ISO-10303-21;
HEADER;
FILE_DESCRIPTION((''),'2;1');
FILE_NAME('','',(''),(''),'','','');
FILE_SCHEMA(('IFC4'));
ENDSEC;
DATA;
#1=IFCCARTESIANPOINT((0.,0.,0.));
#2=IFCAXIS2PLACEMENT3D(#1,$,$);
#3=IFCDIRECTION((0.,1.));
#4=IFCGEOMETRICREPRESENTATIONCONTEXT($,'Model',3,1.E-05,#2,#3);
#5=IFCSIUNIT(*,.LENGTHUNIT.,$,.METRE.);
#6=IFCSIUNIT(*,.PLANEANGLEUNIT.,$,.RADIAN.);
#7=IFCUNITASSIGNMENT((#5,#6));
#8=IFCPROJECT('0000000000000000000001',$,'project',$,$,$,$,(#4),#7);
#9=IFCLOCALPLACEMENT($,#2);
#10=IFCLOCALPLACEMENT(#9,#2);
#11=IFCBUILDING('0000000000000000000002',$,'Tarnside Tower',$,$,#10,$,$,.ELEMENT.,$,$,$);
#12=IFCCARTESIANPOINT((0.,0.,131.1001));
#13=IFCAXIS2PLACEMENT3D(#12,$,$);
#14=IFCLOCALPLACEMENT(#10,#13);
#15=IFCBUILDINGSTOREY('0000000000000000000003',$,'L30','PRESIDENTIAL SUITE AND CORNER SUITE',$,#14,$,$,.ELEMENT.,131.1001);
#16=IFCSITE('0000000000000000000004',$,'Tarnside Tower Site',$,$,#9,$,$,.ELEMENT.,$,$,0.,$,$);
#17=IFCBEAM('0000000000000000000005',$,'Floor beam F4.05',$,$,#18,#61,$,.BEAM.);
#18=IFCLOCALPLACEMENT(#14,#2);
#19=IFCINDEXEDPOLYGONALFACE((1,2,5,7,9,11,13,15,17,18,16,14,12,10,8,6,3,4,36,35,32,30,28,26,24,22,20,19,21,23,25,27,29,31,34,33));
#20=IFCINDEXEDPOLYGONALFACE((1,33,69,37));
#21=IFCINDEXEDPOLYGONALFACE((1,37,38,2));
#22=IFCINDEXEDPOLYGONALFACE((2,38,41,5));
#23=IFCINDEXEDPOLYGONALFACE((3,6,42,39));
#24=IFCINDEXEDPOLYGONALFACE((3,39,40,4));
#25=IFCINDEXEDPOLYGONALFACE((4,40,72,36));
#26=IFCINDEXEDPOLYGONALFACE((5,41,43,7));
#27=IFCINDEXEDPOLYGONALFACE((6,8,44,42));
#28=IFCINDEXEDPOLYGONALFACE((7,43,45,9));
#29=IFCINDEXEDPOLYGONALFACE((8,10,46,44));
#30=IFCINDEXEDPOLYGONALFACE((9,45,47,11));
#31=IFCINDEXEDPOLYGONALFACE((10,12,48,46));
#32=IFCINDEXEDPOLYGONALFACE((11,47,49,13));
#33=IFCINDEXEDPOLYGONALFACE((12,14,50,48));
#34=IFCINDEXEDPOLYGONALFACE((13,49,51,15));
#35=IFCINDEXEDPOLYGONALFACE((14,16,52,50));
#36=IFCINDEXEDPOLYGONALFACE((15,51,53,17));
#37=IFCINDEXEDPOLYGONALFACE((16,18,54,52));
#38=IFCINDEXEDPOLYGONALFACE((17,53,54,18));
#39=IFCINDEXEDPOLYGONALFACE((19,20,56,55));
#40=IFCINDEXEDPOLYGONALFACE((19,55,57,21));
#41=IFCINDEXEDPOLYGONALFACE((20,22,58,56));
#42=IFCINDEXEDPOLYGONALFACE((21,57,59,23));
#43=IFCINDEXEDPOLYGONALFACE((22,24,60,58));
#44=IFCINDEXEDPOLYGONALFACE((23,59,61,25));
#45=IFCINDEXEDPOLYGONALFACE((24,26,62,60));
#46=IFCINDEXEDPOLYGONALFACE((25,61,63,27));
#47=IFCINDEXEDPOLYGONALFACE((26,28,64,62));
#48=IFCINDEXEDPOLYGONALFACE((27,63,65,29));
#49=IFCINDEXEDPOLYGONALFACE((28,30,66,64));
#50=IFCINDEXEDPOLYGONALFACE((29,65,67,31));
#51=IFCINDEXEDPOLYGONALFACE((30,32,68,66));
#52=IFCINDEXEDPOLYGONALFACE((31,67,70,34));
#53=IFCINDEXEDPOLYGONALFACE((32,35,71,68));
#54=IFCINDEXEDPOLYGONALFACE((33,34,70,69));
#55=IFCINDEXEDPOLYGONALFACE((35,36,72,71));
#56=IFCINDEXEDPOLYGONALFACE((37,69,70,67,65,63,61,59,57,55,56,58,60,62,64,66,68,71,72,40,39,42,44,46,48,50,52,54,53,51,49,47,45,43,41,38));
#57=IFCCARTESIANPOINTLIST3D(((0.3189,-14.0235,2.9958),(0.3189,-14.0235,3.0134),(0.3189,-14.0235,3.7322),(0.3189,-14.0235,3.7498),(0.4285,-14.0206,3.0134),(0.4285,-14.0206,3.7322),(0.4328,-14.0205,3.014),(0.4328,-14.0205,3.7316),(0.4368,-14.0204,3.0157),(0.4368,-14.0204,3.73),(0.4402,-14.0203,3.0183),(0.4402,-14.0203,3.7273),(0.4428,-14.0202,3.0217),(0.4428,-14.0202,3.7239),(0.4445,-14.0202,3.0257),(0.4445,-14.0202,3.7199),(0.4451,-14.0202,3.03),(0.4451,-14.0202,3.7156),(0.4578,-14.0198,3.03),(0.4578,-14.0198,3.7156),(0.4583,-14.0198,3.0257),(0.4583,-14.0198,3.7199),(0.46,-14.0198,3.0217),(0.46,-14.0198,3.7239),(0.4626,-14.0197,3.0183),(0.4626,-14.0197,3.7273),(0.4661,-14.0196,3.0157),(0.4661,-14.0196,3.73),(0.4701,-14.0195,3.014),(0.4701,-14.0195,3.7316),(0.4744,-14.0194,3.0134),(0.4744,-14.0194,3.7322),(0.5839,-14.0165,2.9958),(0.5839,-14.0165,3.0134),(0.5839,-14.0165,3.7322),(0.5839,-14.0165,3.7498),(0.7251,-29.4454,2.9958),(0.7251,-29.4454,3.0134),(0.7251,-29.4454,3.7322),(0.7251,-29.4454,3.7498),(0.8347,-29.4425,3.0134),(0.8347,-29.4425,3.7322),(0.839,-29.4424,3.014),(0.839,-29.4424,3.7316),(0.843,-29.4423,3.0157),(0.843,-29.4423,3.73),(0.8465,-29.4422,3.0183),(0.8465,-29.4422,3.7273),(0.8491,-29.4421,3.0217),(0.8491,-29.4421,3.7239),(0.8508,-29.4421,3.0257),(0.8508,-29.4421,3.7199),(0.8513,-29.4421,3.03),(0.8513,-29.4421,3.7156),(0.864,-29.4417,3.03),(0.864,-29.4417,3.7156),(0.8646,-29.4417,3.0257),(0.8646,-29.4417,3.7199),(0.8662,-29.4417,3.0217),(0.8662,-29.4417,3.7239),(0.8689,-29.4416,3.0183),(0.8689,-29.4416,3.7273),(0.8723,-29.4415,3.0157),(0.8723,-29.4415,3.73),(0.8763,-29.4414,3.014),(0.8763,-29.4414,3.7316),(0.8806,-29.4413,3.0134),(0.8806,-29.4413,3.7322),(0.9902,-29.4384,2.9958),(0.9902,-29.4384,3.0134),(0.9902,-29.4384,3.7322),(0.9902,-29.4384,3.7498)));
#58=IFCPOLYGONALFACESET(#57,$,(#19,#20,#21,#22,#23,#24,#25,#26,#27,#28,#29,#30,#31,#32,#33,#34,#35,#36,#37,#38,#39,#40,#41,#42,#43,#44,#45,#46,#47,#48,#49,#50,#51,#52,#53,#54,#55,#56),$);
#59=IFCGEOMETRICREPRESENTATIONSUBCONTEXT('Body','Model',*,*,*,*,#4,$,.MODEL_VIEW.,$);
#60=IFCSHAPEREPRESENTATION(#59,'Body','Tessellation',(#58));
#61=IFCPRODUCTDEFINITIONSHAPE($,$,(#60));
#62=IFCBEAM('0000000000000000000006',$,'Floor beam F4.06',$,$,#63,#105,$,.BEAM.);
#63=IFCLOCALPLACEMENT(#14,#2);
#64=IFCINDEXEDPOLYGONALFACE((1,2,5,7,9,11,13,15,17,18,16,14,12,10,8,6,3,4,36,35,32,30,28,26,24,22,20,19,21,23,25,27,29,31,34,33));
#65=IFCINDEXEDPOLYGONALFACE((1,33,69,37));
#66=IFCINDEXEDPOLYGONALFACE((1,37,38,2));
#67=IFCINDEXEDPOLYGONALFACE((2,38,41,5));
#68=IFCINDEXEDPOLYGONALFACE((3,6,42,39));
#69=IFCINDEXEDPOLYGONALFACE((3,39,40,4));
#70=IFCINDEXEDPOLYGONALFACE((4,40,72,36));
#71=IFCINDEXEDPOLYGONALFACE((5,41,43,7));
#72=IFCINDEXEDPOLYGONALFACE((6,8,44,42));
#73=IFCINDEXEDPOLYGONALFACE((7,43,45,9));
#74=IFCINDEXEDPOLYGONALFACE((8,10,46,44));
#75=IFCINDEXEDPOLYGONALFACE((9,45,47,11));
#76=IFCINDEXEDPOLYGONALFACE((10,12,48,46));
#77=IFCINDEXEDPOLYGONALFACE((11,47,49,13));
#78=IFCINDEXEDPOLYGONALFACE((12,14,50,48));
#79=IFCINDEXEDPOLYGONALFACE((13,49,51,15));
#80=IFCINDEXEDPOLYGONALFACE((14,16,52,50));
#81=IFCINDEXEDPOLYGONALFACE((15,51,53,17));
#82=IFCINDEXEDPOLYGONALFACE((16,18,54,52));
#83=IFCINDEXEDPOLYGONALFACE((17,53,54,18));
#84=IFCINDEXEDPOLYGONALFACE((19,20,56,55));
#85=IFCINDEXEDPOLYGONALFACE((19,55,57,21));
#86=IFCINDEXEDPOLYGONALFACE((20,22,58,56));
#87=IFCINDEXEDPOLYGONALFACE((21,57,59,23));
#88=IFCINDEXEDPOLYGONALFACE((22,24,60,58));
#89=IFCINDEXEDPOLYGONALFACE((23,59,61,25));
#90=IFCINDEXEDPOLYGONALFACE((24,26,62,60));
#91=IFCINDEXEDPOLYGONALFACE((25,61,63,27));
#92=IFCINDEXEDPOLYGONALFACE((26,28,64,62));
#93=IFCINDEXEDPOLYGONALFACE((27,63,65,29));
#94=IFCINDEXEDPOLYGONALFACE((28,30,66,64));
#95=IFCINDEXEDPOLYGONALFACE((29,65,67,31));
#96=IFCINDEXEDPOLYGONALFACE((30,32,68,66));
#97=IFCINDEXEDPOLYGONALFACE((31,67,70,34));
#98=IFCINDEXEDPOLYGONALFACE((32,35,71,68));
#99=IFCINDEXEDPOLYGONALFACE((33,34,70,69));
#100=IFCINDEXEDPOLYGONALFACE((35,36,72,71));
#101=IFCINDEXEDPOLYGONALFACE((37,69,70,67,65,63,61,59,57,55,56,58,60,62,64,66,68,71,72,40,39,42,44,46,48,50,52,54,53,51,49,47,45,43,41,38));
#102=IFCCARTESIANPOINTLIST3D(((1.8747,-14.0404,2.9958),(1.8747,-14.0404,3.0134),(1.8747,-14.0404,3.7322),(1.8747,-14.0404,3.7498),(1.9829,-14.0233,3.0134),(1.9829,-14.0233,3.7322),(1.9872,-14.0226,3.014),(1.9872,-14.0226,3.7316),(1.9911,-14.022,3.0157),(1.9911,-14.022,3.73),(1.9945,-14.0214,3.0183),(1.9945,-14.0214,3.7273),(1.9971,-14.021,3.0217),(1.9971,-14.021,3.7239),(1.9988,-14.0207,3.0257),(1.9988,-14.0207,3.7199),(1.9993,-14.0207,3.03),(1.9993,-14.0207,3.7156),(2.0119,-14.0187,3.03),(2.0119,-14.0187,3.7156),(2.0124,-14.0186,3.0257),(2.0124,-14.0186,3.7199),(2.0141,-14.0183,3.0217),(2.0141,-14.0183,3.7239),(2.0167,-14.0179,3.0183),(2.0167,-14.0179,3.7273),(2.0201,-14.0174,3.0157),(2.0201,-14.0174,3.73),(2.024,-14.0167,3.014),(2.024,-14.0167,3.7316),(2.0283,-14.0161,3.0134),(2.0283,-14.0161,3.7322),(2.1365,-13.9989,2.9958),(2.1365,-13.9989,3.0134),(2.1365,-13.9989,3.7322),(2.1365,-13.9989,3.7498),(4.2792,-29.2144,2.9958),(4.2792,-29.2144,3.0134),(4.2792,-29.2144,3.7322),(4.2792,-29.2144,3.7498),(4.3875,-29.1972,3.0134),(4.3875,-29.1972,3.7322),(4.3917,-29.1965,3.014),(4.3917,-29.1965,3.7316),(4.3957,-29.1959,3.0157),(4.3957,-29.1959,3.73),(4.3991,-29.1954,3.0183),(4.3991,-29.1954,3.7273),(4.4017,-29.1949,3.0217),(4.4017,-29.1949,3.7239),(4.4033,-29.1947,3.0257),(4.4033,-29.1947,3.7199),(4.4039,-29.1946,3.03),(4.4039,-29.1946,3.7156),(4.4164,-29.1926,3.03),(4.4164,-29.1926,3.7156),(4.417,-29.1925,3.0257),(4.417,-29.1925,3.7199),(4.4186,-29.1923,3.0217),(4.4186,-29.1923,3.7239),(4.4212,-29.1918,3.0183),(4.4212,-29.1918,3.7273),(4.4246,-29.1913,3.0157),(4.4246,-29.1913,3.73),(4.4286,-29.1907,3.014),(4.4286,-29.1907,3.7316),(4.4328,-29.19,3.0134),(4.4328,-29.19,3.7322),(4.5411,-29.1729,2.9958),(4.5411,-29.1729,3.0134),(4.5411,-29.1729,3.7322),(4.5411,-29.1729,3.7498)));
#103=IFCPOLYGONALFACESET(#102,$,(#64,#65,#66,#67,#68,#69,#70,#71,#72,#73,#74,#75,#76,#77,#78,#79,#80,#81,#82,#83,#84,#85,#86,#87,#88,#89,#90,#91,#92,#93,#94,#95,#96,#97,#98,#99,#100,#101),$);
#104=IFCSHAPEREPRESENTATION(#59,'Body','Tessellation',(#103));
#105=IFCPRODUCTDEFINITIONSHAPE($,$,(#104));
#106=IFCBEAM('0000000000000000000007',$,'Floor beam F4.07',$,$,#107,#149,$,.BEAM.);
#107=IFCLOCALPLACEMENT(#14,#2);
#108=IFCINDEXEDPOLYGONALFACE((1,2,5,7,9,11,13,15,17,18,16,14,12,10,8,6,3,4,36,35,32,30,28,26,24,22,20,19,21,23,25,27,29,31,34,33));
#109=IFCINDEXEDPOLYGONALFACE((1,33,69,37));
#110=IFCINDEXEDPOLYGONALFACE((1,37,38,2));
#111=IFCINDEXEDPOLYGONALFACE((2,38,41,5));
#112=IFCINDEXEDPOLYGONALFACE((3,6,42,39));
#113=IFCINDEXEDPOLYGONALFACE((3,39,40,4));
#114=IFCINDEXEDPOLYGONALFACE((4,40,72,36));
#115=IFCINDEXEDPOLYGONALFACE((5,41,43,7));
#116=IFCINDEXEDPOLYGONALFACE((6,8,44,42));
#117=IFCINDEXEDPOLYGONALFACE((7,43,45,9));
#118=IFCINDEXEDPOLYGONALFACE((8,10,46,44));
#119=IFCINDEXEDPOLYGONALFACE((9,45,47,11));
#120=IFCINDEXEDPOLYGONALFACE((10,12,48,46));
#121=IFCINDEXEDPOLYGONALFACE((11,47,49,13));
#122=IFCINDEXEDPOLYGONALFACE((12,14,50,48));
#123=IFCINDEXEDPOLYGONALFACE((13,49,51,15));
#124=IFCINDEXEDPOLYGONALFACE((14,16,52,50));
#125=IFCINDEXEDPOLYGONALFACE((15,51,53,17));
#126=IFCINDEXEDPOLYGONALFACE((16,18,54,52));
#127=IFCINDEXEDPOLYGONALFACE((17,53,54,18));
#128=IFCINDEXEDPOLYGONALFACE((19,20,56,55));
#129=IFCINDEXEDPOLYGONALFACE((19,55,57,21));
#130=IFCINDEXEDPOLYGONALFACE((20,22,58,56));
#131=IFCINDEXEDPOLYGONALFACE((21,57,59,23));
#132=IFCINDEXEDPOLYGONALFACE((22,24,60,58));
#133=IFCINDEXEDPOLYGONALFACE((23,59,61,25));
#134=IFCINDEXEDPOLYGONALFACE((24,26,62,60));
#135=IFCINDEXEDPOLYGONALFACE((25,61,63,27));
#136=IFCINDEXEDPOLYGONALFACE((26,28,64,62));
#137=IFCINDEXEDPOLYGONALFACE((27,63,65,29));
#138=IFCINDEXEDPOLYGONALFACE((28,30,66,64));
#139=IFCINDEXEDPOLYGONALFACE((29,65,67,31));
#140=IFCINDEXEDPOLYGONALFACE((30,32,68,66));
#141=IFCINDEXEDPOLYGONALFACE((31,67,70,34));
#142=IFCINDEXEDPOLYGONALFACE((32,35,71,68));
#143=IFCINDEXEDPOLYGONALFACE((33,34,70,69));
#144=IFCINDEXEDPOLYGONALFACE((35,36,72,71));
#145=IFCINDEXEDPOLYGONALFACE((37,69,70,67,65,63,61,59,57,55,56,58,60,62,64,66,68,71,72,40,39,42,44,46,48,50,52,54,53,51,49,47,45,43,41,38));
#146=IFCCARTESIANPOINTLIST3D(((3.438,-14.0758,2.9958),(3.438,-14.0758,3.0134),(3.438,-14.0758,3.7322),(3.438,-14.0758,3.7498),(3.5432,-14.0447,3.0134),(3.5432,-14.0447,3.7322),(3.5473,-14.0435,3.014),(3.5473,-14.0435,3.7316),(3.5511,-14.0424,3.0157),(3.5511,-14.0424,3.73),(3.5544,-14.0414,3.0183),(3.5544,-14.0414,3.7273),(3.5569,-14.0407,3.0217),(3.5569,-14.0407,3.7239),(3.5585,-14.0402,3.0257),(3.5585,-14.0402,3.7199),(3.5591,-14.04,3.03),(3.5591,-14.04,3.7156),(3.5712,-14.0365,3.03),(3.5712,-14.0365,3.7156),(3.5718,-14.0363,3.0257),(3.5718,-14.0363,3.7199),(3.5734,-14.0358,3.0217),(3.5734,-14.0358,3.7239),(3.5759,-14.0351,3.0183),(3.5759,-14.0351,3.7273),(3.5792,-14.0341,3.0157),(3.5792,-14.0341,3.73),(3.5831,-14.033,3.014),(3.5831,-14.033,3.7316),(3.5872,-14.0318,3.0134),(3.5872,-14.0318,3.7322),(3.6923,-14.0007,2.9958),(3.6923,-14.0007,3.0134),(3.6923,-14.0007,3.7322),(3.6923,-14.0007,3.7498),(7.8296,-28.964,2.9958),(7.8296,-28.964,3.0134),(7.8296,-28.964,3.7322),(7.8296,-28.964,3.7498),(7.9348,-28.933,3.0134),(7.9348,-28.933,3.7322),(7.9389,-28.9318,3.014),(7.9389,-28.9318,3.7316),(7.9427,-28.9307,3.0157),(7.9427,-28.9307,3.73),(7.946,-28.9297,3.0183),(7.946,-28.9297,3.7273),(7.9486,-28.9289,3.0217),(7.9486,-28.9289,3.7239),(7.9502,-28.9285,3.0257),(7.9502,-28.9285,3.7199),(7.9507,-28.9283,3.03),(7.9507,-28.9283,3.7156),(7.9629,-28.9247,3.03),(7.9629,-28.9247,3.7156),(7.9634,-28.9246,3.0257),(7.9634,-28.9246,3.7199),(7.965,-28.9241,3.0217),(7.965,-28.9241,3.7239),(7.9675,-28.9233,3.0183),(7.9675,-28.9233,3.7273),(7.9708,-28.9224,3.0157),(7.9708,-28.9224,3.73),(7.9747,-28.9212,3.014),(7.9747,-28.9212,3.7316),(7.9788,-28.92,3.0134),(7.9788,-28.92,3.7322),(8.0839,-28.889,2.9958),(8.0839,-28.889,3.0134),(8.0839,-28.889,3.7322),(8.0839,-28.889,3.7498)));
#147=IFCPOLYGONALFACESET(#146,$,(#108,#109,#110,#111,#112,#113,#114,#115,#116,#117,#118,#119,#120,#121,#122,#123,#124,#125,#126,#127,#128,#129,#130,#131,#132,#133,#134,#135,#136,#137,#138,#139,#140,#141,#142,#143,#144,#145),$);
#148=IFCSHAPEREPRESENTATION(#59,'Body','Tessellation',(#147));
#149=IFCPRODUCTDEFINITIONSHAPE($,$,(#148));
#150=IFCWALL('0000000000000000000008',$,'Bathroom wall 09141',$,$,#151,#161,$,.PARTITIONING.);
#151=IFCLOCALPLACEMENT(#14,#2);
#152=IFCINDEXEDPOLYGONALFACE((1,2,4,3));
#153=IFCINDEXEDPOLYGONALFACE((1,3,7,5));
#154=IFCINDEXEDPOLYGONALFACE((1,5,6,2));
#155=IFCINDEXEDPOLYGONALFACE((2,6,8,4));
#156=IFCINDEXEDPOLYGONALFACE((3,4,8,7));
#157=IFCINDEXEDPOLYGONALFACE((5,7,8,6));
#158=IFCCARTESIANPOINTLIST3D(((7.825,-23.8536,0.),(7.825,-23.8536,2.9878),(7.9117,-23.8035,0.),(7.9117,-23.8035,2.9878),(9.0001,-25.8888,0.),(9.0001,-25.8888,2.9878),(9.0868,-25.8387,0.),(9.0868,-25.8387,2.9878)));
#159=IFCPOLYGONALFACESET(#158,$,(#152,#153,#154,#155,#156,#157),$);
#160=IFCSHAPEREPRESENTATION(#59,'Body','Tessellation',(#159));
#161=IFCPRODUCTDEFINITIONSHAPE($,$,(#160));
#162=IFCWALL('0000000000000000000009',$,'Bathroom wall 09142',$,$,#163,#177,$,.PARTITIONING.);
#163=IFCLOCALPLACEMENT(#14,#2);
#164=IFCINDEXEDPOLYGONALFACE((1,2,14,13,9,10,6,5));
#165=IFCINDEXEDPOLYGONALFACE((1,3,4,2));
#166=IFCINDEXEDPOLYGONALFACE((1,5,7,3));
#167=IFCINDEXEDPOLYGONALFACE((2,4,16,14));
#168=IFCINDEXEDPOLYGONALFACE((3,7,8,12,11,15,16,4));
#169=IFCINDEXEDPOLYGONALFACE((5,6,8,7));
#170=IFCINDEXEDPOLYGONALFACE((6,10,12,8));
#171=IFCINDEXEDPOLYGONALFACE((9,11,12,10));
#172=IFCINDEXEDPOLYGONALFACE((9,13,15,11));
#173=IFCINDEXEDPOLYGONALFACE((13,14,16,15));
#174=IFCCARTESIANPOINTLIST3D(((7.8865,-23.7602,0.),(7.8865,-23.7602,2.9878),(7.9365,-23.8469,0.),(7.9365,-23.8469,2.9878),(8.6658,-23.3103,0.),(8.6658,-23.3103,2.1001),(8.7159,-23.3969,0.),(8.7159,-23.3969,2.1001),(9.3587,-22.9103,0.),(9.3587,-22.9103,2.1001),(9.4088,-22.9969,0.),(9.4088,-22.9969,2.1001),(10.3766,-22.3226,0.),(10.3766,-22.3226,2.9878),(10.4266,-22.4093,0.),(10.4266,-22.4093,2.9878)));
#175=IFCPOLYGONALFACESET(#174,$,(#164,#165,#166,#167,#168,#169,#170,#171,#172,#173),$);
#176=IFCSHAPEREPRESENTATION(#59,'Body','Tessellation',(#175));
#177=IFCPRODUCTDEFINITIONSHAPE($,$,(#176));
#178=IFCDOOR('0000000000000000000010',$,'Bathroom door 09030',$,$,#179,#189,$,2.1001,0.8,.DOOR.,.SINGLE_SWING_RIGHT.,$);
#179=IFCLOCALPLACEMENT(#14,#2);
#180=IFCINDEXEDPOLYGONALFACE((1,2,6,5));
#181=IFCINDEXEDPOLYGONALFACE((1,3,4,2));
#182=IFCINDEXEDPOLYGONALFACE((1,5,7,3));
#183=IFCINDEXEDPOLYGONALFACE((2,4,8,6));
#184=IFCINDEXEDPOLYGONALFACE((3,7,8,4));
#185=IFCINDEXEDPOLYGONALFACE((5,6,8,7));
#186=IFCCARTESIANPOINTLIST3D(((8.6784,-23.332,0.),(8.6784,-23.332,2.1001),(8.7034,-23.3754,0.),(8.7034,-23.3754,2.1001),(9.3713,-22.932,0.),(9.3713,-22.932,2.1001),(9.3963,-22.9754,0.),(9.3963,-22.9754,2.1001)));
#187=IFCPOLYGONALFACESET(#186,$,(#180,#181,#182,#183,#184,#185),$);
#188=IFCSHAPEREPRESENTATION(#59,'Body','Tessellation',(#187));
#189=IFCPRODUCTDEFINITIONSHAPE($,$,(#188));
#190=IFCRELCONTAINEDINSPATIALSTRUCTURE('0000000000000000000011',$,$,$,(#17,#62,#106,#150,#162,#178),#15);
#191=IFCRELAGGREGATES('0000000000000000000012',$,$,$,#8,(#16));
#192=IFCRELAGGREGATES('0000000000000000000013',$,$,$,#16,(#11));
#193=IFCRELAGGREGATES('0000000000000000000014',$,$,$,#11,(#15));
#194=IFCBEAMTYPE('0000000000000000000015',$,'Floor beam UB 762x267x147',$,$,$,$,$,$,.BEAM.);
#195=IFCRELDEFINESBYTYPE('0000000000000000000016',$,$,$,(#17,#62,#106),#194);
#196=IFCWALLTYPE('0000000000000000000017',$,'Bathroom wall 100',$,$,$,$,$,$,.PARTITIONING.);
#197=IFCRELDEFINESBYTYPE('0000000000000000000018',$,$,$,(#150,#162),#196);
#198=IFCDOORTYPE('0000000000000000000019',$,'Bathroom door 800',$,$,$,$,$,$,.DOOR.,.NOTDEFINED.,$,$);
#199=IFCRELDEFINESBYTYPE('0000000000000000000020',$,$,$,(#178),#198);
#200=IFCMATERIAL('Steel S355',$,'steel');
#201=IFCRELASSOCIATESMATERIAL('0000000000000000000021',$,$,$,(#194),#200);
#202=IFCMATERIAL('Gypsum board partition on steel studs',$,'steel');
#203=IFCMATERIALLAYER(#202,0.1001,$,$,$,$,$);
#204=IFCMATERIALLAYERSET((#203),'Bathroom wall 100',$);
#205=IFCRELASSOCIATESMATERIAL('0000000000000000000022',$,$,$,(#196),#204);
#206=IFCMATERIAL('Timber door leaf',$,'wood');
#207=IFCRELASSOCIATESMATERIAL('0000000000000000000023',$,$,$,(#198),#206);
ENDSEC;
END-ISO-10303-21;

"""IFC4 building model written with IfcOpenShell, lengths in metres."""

from ifc_helpers import new_model, si_unit, direction, frame, frame_2d, origin, origin_2d, place, context, subcontext, project, spatial, rectangle, i_section, extrude, material, layer, layer_set, material_profile, profile_set, type_object, element, fill, save


model = new_model("IFC4")

# Units and contexts
model_context = context("Model", 3, precision=1e-05, world=origin(), true_north=direction((0.0, 1.0)))
body_context = subcontext(model_context, "Body", "Model", "MODEL_VIEW")
ifc_project = project(units=[si_unit("LENGTHUNIT", "METRE"), si_unit("PLANEANGLEUNIT", "RADIAN")], contexts=[model_context])

# Site, building, storey
site_placement = place(None, origin())
site = spatial("IfcSite", under=ifc_project, at=site_placement, Name="Tarnside Tower Site", CompositionType="ELEMENT", RefElevation=0.0)
building_placement = place(site_placement, origin())
building = spatial("IfcBuilding", under=site, at=building_placement, Name="Tarnside Tower", CompositionType="ELEMENT")
storey_placement = place(building_placement, frame((0.0, 0.0, 131.1001)))
storey = spatial("IfcBuildingStorey", under=building, at=storey_placement, Name="L30", Description="PRESIDENTIAL SUITE AND CORNER SUITE", CompositionType="ELEMENT", Elevation=131.1001)

# Beams
ifc_material_1 = material(Name="Steel S355", Category="steel")
ifc_material_profile = material_profile(ifc_material_1, i_section(OverallWidth=0.2651, OverallDepth=0.7539, WebThickness=0.0127, FlangeThickness=0.0176, FilletRadius=0.0166, at=origin_2d()), Name="UB 762x267x147")
ifc_profile_set = profile_set([ifc_material_profile], Name="Steel S355")
beam_type = type_object("IfcBeamType", Name="Floor beam UB 762x267x147", PredefinedType="BEAM", material=ifc_profile_set)
beam_1_placement = place(storey_placement, frame((0.8577, -29.4419, 3.3728), z_axis=(-0.026333, 0.999653, 0.0), x_axis=(-0.999653, -0.026333, 0.0)))
element("IfcBeam", 1, at=beam_1_placement, inside=storey, type_object=beam_type, Name="Floor beam F4.05", PredefinedType="BEAM", context=body_context, shape_type="SweptSolid", body=[
    extrude(i_section(OverallWidth=0.2651, OverallDepth=0.7539, WebThickness=0.0127, FlangeThickness=0.0176, FilletRadius=0.0166, at=origin_2d()), origin(), (0.0, 0.0, 1.0), 15.4272),
])
beam_2_placement = place(storey_placement, frame((4.4102, -29.1936, 3.3728), z_axis=(-0.156513, 0.987676, 0.0), x_axis=(-0.987676, -0.156513, 0.0)))
element("IfcBeam", 2, at=beam_2_placement, inside=storey, type_object=beam_type, Name="Floor beam F4.06", PredefinedType="BEAM", context=body_context, shape_type="SweptSolid", body=[
    extrude(i_section(OverallWidth=0.2651, OverallDepth=0.7539, WebThickness=0.0127, FlangeThickness=0.0176, FilletRadius=0.0166, at=origin_2d()), origin(), (0.0, 0.0, 1.0), 15.3633),
])
beam_3_placement = place(storey_placement, frame((7.9568, -28.9265, 3.3728), z_axis=(-0.282921, 0.959143, 0.0), x_axis=(-0.959143, -0.282921, 0.0)))
element("IfcBeam", 3, at=beam_3_placement, inside=storey, type_object=beam_type, Name="Floor beam F4.07", PredefinedType="BEAM", context=body_context, shape_type="SweptSolid", body=[
    extrude(i_section(OverallWidth=0.2651, OverallDepth=0.7539, WebThickness=0.0127, FlangeThickness=0.0176, FilletRadius=0.0166, at=origin_2d()), origin(), (0.0, 0.0, 1.0), 15.5225),
])

# Wall
ifc_material_2 = material(Name="Gypsum board partition on steel studs", Category="steel")
ifc_layer_1 = layer(ifc_material_2, 0.1001)
ifc_layer_set_1 = layer_set([ifc_layer_1], Name="Bathroom wall 100")
wall_type_1 = type_object("IfcWallType", Name="Bathroom wall 100", PredefinedType="PARTITIONING", material=ifc_layer_set_1)
wall_1_placement = place(storey_placement, frame((9.0435, -25.8638, 0.0), z_axis=(0.0, 0.0, 1.0), x_axis=(-0.500016, 0.866016, 0.0)))
element("IfcWall", 4, at=wall_1_placement, inside=storey, type_object=wall_type_1, Name="Bathroom wall 09141", PredefinedType="PARTITIONING", context=body_context, shape_type="SweptSolid", body=[
    extrude(rectangle(XDim=2.3501, YDim=0.1001, at=frame_2d((1.175, 0.0))), origin(), (0.0, 0.0, 1.0), 2.9878),
])

# Wall, opening, door
wall_2_placement = place(storey_placement, frame((7.9116, -23.8035, 0.0), z_axis=(0.0, 0.0, 1.0), x_axis=(0.86604, 0.499975, 0.0)))
wall_2 = element("IfcWall", 5, at=wall_2_placement, inside=storey, type_object=wall_type_1, Name="Bathroom wall 09142", PredefinedType="PARTITIONING", context=body_context, shape_type="SweptSolid", body=[
    extrude(rectangle(XDim=2.8752, YDim=0.1001, at=frame_2d((1.4375, 0.0))), origin(), (0.0, 0.0, 1.0), 2.9878),
])
opening_1_placement = place(wall_2_placement, frame((0.8999, 0.0, 0.0)))
opening_1 = element("IfcOpeningElement", 6, at=opening_1_placement, cuts=wall_2, PredefinedType="OPENING", context=body_context, shape_type="SweptSolid", body=[
    extrude(rectangle(XDim=0.8, YDim=2.1001, at=frame_2d((0.3999, 1.05))), frame((0.0, 0.0601, 0.0), z_axis=(0.0, -1.0, 0.0), x_axis=(1.0, 0.0, 0.0)), (0.0, 0.0, 1.0), 0.1201),
])
ifc_material_3 = material(Name="Timber door leaf", Category="wood")
door_type_1 = type_object("IfcDoorType", Name="Bathroom door 800", OperationType="NOTDEFINED", PredefinedType="DOOR", material=ifc_material_3)
door_1_placement = place(opening_1_placement, origin())
door_1 = element("IfcDoor", 7, at=door_1_placement, inside=storey, type_object=door_type_1, Name="Bathroom door 09030", OperationType="SINGLE_SWING_RIGHT", OverallHeight=2.1001, OverallWidth=0.8, PredefinedType="DOOR", context=body_context, shape_type="SweptSolid", body=[
    extrude(rectangle(XDim=0.8, YDim=2.1001, at=frame_2d((0.3999, 1.05))), frame((0.0, 0.0249, 0.0), z_axis=(0.0, -1.0, 0.0), x_axis=(1.0, 0.0, 0.0)), (0.0, 0.0, 1.0), 0.05),
])
fill(opening_1, door_1)

save(model, "model.ifc")
